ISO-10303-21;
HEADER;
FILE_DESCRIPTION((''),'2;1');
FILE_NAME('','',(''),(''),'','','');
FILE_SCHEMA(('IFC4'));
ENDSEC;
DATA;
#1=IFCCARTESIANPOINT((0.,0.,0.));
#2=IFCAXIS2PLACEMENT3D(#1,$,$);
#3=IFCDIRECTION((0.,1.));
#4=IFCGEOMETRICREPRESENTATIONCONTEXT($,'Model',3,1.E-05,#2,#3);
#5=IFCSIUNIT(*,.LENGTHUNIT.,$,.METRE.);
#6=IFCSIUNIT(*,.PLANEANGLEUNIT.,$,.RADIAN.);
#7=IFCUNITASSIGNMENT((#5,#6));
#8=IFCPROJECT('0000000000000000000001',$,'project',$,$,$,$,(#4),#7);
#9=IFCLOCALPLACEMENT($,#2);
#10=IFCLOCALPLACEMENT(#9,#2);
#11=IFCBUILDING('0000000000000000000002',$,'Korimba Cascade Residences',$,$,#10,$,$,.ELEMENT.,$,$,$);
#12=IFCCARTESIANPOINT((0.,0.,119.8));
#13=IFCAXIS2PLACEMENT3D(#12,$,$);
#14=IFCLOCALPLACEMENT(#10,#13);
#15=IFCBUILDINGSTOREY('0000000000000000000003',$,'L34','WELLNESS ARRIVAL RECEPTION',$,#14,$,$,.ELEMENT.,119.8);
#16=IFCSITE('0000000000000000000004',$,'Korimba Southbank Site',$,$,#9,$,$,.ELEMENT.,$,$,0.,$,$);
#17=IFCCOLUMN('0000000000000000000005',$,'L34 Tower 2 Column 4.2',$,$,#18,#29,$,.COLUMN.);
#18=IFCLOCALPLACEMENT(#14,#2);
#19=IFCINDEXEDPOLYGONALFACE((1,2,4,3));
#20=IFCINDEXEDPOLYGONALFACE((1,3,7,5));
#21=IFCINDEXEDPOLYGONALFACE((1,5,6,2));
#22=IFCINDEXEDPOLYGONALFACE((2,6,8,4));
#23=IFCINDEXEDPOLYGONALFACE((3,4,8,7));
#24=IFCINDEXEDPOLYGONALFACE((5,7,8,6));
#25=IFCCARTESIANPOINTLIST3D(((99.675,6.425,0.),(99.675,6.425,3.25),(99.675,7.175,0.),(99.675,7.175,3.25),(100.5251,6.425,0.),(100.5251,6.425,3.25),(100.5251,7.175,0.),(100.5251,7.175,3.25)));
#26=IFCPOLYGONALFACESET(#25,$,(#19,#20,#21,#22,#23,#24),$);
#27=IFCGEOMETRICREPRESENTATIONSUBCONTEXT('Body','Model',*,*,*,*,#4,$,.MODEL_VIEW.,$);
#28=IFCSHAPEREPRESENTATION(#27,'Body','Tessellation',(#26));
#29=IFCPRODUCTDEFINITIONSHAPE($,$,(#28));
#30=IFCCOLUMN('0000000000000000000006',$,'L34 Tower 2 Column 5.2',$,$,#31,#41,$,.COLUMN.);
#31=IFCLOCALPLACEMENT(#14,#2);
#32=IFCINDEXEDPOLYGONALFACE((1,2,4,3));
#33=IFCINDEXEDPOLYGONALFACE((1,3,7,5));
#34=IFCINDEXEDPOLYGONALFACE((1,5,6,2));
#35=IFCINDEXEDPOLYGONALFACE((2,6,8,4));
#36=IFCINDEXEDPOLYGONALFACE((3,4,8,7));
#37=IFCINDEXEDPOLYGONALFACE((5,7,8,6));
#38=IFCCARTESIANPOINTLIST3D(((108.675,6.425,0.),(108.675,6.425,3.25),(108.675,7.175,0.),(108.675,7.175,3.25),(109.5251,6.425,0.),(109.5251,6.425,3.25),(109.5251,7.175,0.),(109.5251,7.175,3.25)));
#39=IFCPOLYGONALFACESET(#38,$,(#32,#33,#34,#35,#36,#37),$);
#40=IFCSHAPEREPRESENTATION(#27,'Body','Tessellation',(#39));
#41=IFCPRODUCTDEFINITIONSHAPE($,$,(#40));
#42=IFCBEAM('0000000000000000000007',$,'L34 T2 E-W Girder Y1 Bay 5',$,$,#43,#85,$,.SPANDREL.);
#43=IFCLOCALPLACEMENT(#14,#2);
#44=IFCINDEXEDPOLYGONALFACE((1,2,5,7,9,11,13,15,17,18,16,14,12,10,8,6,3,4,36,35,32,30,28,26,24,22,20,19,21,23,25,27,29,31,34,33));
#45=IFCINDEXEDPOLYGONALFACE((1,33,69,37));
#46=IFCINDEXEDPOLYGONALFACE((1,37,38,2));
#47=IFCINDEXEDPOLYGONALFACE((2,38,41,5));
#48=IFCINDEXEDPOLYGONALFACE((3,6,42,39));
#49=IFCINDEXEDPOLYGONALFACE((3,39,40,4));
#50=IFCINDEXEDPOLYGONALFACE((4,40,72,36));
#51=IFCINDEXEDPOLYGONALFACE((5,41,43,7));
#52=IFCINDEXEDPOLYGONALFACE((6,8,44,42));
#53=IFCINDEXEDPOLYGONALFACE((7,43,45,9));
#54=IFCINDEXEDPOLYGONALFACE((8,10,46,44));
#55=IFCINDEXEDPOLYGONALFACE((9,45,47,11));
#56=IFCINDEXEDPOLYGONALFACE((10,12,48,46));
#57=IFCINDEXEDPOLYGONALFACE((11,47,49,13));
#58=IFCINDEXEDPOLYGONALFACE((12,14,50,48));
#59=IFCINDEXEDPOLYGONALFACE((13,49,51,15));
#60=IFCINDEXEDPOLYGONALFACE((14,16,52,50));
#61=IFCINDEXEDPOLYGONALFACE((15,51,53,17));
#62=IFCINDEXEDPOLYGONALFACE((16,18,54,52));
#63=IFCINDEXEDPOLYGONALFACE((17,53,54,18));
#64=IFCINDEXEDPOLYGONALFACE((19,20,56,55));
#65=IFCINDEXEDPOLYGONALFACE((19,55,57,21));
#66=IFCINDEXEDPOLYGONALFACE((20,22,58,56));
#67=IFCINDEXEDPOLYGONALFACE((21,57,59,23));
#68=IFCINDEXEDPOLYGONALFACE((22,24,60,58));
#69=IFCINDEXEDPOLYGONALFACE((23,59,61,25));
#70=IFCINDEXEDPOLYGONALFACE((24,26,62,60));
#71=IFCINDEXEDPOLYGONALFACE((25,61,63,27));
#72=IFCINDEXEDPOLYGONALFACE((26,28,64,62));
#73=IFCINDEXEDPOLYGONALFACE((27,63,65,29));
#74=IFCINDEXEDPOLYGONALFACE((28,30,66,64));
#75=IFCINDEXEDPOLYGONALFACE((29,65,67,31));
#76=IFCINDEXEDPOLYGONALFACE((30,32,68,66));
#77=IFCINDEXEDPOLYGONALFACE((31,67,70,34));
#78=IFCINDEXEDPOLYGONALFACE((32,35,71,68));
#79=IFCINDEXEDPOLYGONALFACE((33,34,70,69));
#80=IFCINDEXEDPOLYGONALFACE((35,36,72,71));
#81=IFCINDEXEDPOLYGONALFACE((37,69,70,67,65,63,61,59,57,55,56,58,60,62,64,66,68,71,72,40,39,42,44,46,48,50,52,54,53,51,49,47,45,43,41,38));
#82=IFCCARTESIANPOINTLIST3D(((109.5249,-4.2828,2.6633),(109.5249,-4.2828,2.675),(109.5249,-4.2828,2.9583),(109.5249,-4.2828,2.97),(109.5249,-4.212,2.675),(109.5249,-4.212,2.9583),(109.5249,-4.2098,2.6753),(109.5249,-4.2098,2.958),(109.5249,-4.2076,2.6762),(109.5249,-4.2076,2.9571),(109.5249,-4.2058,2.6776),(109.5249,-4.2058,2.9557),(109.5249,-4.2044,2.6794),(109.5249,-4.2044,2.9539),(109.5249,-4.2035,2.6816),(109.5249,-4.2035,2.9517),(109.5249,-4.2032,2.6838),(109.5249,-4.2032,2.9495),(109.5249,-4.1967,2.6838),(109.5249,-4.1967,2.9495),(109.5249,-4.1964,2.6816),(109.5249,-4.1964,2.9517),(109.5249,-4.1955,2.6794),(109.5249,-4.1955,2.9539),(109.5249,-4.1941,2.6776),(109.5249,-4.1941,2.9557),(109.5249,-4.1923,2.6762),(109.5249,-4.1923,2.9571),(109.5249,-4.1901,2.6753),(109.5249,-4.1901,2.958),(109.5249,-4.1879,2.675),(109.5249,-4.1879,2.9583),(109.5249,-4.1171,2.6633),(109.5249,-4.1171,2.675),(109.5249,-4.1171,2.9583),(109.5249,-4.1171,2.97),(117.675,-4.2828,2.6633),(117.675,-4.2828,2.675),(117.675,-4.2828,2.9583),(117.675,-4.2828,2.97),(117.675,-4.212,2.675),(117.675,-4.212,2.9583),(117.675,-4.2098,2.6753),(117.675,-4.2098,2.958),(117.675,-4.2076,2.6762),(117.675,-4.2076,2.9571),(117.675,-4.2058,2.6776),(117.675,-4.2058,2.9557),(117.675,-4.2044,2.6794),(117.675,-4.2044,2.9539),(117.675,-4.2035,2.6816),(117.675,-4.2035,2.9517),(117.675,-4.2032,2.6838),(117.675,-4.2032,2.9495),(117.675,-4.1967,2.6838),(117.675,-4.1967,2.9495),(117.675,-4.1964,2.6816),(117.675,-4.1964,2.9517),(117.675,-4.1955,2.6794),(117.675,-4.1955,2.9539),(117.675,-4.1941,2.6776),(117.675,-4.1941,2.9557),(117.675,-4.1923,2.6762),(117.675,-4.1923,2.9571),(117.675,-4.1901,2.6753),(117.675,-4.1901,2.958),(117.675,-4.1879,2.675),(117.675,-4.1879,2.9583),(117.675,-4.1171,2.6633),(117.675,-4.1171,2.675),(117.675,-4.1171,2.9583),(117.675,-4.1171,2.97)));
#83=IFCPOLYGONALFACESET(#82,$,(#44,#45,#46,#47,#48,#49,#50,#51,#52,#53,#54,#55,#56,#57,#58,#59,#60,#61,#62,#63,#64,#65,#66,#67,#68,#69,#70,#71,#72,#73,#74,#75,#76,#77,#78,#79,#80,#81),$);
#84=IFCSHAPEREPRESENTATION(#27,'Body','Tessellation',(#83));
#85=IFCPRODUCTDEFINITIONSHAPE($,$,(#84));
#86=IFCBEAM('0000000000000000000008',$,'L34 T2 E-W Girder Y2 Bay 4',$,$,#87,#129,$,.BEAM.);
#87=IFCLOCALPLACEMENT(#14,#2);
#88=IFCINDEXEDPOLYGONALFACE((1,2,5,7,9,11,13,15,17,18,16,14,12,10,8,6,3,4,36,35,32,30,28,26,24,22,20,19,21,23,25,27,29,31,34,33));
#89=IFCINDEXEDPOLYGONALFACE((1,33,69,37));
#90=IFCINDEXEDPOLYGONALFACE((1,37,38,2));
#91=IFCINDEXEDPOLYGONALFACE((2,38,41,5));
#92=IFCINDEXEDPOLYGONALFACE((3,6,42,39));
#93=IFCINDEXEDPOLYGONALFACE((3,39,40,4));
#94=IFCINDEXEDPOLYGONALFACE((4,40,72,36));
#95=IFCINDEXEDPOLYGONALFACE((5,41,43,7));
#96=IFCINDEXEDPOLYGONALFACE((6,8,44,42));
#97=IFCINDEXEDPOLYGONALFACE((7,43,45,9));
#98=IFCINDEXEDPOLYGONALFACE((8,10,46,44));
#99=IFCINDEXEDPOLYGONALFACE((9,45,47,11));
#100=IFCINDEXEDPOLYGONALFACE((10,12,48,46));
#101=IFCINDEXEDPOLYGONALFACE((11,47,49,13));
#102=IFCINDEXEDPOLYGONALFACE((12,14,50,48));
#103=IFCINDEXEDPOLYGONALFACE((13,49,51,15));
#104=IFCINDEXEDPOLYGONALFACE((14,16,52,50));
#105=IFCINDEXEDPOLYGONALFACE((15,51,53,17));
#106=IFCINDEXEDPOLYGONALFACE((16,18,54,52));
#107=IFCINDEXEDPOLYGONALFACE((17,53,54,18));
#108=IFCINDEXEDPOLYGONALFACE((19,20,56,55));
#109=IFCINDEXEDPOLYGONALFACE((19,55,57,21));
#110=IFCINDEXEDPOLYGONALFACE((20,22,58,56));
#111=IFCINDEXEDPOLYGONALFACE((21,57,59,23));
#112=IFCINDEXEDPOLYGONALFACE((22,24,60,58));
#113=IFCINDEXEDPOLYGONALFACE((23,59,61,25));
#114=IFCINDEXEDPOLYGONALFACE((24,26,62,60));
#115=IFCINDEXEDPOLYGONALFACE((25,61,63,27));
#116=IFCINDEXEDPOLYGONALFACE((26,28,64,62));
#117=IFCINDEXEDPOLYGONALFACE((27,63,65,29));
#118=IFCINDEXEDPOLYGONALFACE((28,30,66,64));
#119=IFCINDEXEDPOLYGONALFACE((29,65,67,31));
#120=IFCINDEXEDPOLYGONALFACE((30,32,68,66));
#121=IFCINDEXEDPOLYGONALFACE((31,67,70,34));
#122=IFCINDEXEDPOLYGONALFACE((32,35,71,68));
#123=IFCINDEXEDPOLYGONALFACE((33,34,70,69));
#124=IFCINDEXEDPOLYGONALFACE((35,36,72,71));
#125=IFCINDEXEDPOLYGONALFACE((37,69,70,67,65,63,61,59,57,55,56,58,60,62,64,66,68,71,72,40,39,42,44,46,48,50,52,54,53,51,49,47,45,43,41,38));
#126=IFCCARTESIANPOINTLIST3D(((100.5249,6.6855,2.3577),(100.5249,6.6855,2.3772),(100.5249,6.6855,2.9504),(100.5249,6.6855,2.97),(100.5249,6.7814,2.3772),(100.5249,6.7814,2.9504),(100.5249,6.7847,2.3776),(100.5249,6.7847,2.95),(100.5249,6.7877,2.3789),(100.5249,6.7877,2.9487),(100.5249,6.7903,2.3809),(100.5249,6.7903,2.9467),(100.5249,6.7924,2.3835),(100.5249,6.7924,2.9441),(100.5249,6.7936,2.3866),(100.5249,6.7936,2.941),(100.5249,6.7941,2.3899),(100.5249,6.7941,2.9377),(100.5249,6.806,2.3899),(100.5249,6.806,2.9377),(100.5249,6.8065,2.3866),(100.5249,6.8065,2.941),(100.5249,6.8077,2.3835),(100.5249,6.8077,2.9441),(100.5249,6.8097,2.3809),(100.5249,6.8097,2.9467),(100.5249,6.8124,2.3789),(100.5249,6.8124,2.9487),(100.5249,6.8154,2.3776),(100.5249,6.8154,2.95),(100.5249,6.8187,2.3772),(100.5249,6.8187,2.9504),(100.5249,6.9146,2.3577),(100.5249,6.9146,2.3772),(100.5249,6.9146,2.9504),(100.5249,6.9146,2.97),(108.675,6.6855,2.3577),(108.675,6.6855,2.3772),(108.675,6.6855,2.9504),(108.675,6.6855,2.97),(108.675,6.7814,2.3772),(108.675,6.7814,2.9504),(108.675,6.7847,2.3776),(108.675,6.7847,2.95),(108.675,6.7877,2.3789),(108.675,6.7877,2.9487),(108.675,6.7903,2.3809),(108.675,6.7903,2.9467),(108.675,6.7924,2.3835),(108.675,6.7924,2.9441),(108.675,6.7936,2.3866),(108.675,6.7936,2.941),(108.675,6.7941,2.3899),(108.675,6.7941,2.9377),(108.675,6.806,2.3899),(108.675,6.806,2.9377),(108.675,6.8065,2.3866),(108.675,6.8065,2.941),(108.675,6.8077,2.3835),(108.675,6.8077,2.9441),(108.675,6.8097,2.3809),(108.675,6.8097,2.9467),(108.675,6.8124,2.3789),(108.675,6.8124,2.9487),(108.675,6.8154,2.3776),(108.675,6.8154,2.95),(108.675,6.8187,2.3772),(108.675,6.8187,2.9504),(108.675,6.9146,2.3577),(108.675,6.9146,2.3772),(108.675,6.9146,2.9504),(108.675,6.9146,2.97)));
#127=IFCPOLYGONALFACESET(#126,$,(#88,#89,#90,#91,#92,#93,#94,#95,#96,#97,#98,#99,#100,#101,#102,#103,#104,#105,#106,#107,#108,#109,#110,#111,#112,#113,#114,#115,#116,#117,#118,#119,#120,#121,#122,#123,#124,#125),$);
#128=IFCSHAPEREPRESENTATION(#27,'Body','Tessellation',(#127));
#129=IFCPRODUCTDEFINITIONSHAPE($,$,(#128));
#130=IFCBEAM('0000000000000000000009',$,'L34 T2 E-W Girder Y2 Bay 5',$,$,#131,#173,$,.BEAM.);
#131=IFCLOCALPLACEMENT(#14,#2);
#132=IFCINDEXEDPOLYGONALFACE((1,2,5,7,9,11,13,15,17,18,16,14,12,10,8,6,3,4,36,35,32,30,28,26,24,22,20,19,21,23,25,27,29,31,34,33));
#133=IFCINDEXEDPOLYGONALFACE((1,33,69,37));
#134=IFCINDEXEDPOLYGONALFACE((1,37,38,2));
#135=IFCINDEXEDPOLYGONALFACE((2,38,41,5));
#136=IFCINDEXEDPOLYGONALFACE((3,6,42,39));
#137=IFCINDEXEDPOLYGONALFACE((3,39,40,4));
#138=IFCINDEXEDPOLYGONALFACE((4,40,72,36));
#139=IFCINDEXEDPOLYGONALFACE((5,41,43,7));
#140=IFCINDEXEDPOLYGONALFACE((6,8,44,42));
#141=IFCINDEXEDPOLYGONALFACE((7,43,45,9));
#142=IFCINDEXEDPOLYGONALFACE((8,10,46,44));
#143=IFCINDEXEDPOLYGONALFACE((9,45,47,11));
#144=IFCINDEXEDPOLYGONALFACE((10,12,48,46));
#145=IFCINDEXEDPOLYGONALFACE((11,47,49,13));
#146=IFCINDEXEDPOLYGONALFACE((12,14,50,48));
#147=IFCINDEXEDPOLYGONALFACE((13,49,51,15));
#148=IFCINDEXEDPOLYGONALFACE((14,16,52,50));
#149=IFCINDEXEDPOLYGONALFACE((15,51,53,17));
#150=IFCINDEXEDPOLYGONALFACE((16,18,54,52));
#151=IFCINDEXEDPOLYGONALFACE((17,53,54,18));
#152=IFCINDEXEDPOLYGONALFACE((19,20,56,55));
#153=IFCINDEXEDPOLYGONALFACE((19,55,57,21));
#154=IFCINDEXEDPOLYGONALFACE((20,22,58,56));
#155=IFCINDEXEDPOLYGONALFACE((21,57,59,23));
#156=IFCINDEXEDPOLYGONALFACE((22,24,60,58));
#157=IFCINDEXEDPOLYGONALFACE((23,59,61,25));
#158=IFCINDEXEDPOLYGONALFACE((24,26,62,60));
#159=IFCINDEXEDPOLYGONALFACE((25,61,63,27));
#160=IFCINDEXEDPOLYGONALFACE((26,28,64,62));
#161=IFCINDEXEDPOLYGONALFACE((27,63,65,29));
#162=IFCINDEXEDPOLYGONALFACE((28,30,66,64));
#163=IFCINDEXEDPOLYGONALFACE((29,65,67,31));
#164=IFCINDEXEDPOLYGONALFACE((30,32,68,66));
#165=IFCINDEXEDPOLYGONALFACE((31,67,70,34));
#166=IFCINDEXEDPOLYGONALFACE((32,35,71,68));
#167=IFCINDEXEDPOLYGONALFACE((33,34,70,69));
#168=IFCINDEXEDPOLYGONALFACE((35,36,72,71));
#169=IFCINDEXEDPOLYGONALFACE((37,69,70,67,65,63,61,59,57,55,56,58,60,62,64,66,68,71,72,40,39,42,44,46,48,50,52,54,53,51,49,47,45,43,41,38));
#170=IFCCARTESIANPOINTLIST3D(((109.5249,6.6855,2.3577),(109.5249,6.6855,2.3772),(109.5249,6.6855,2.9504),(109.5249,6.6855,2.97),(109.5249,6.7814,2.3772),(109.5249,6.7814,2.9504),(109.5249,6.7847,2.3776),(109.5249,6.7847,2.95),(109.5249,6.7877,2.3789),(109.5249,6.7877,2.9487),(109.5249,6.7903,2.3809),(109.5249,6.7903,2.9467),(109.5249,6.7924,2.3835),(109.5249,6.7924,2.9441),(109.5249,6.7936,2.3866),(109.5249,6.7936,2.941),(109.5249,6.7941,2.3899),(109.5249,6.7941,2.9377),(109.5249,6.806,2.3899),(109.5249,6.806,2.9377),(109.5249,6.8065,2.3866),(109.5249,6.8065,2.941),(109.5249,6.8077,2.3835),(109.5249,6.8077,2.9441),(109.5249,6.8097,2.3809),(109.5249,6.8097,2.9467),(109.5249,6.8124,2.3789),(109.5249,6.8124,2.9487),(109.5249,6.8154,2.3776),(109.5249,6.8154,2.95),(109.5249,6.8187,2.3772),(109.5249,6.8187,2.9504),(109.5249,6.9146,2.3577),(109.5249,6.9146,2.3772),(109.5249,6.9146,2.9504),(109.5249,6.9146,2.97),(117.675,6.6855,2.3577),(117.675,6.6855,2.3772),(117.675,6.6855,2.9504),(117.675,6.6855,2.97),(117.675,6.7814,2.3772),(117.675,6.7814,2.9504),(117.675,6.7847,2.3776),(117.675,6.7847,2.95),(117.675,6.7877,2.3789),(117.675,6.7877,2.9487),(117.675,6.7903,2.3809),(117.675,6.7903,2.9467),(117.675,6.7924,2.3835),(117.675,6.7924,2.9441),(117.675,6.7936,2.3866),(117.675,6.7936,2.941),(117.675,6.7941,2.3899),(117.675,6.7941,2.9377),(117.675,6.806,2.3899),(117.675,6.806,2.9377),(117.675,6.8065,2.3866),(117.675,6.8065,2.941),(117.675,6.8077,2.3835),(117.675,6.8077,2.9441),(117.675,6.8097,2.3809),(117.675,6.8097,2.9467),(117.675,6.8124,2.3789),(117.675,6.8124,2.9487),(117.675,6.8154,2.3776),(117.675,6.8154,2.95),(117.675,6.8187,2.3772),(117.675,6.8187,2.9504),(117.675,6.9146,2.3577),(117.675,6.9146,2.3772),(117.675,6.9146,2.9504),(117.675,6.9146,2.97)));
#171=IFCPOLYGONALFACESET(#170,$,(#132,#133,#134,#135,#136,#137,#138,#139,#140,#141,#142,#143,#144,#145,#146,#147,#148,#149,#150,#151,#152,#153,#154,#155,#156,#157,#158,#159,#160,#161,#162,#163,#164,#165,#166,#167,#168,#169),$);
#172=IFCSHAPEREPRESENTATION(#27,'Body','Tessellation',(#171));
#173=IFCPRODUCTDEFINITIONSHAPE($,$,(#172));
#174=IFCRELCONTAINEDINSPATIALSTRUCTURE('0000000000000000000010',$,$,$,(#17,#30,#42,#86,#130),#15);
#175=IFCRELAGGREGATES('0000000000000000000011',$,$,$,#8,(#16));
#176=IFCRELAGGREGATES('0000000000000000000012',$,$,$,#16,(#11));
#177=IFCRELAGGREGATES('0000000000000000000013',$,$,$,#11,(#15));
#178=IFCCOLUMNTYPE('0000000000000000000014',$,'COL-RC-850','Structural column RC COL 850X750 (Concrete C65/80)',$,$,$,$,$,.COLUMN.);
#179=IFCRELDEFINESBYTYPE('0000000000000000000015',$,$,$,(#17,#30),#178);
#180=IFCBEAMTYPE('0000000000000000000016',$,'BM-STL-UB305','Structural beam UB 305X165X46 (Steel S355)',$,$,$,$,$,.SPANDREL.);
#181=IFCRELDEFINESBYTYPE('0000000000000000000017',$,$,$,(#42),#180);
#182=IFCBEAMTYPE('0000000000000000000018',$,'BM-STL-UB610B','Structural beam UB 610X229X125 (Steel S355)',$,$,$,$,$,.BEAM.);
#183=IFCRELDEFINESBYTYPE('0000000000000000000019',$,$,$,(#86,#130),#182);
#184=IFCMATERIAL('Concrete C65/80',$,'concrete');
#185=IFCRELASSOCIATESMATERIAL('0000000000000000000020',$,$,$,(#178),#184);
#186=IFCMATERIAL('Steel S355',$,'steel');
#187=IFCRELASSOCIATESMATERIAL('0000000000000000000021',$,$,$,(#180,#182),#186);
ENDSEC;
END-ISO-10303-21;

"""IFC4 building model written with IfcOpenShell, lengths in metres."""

from ifc_helpers import new_model, si_unit, direction, frame, origin, origin_2d, place, context, subcontext, project, spatial, rectangle, i_section, extrude, material, material_profile, profile_set, type_object, element, save


model = new_model("IFC4")

# Units and contexts
model_context = context("Model", 3, precision=1e-05, world=origin(), true_north=direction((0.0, 1.0)))
body_context = subcontext(model_context, "Body", "Model", "MODEL_VIEW")
ifc_project = project(units=[si_unit("LENGTHUNIT", "METRE"), si_unit("PLANEANGLEUNIT", "RADIAN")], contexts=[model_context])

# Site, building, storey
site_placement = place(None, origin())
site = spatial("IfcSite", under=ifc_project, at=site_placement, Name="Korimba Southbank Site", CompositionType="ELEMENT", RefElevation=0.0)
building_placement = place(site_placement, origin())
building = spatial("IfcBuilding", under=site, at=building_placement, Name="Korimba Cascade Residences", CompositionType="ELEMENT")
storey_placement = place(building_placement, frame((0.0, 0.0, 119.8)))
storey = spatial("IfcBuildingStorey", under=building, at=storey_placement, Name="L34", Description="WELLNESS ARRIVAL RECEPTION", CompositionType="ELEMENT", Elevation=119.8)

# Columns
ifc_material_1 = material(Name="Concrete C65/80", Category="concrete")
ifc_material_profile_1 = material_profile(ifc_material_1, rectangle(XDim=0.8501, YDim=0.75, at=origin_2d()), Name="Concrete C65/80")
ifc_profile_set_1 = profile_set([ifc_material_profile_1], Name="Concrete C65/80")
column_type = type_object("IfcColumnType", Name="COL-RC-850", Description="Structural column RC COL 850X750 (Concrete C65/80)", PredefinedType="COLUMN", material=ifc_profile_set_1)
for number, where, z_axis, x_axis, name in (
    (1, (100.1001, 6.8, 0.0), (0.0, 0.0, 1.0), (1.0, 0.0, 0.0), "L34 Tower 2 Column 4.2"),
    (2, (109.1001, 6.8, 0.0), (0.0, 0.0, 1.0), (1.0, 0.0, 0.0), "L34 Tower 2 Column 5.2"),
):
    element("IfcColumn", number, at=place(storey_placement, frame(where, z_axis=z_axis, x_axis=x_axis)), inside=storey, type_object=column_type, Name=name, PredefinedType="COLUMN", context=body_context, shape_type="SweptSolid", body=[
        extrude(rectangle(XDim=0.8501, YDim=0.75, at=origin_2d()), origin(), (0.0, 0.0, 1.0), 3.25),
    ])

# Beams
ifc_material_2 = material(Name="Steel S355", Category="steel")
ifc_material_profile_2 = material_profile(ifc_material_2, i_section(OverallWidth=0.1658, OverallDepth=0.3066, WebThickness=0.0066, FlangeThickness=0.0117, FilletRadius=0.0088, at=origin_2d()), Name="Steel S355")
ifc_profile_set_2 = profile_set([ifc_material_profile_2], Name="Steel S355")
beam_type_1 = type_object("IfcBeamType", Name="BM-STL-UB305", Description="Structural beam UB 305X165X46 (Steel S355)", PredefinedType="SPANDREL", material=ifc_profile_set_2)
beam_placement = place(storey_placement, frame((109.5249, -4.2, 2.8167), z_axis=(1.0, 0.0, 0.0), x_axis=(0.0, 1.0, 0.0)))
element("IfcBeam", 3, at=beam_placement, inside=storey, type_object=beam_type_1, Name="L34 T2 E-W Girder Y1 Bay 5", PredefinedType="SPANDREL", context=body_context, shape_type="SweptSolid", body=[
    extrude(i_section(OverallWidth=0.1658, OverallDepth=0.3066, WebThickness=0.0066, FlangeThickness=0.0117, FilletRadius=0.0088, at=origin_2d()), origin(), (0.0, 0.0, 1.0), 8.1501),
])
ifc_material_profile_3 = material_profile(ifc_material_2, i_section(OverallWidth=0.229, OverallDepth=0.6123, WebThickness=0.012, FlangeThickness=0.0195, FilletRadius=0.0127, at=origin_2d()), Name="Steel S355")
ifc_profile_set_3 = profile_set([ifc_material_profile_3], Name="Steel S355")
beam_type_2 = type_object("IfcBeamType", Name="BM-STL-UB610B", Description="Structural beam UB 610X229X125 (Steel S355)", PredefinedType="BEAM", material=ifc_profile_set_3)
for number, where, z_axis, x_axis, name in (
    (4, (100.5249, 6.8, 2.6638), (1.0, 0.0, 0.0), (0.0, 1.0, 0.0), "L34 T2 E-W Girder Y2 Bay 4"),
    (5, (109.5249, 6.8, 2.6638), (1.0, 0.0, 0.0), (0.0, 1.0, 0.0), "L34 T2 E-W Girder Y2 Bay 5"),
):
    element("IfcBeam", number, at=place(storey_placement, frame(where, z_axis=z_axis, x_axis=x_axis)), inside=storey, type_object=beam_type_2, Name=name, PredefinedType="BEAM", context=body_context, shape_type="SweptSolid", body=[
        extrude(i_section(OverallWidth=0.229, OverallDepth=0.6123, WebThickness=0.012, FlangeThickness=0.0195, FilletRadius=0.0127, at=origin_2d()), origin(), (0.0, 0.0, 1.0), 8.1501),
    ])

save(model, "model.ifc")
